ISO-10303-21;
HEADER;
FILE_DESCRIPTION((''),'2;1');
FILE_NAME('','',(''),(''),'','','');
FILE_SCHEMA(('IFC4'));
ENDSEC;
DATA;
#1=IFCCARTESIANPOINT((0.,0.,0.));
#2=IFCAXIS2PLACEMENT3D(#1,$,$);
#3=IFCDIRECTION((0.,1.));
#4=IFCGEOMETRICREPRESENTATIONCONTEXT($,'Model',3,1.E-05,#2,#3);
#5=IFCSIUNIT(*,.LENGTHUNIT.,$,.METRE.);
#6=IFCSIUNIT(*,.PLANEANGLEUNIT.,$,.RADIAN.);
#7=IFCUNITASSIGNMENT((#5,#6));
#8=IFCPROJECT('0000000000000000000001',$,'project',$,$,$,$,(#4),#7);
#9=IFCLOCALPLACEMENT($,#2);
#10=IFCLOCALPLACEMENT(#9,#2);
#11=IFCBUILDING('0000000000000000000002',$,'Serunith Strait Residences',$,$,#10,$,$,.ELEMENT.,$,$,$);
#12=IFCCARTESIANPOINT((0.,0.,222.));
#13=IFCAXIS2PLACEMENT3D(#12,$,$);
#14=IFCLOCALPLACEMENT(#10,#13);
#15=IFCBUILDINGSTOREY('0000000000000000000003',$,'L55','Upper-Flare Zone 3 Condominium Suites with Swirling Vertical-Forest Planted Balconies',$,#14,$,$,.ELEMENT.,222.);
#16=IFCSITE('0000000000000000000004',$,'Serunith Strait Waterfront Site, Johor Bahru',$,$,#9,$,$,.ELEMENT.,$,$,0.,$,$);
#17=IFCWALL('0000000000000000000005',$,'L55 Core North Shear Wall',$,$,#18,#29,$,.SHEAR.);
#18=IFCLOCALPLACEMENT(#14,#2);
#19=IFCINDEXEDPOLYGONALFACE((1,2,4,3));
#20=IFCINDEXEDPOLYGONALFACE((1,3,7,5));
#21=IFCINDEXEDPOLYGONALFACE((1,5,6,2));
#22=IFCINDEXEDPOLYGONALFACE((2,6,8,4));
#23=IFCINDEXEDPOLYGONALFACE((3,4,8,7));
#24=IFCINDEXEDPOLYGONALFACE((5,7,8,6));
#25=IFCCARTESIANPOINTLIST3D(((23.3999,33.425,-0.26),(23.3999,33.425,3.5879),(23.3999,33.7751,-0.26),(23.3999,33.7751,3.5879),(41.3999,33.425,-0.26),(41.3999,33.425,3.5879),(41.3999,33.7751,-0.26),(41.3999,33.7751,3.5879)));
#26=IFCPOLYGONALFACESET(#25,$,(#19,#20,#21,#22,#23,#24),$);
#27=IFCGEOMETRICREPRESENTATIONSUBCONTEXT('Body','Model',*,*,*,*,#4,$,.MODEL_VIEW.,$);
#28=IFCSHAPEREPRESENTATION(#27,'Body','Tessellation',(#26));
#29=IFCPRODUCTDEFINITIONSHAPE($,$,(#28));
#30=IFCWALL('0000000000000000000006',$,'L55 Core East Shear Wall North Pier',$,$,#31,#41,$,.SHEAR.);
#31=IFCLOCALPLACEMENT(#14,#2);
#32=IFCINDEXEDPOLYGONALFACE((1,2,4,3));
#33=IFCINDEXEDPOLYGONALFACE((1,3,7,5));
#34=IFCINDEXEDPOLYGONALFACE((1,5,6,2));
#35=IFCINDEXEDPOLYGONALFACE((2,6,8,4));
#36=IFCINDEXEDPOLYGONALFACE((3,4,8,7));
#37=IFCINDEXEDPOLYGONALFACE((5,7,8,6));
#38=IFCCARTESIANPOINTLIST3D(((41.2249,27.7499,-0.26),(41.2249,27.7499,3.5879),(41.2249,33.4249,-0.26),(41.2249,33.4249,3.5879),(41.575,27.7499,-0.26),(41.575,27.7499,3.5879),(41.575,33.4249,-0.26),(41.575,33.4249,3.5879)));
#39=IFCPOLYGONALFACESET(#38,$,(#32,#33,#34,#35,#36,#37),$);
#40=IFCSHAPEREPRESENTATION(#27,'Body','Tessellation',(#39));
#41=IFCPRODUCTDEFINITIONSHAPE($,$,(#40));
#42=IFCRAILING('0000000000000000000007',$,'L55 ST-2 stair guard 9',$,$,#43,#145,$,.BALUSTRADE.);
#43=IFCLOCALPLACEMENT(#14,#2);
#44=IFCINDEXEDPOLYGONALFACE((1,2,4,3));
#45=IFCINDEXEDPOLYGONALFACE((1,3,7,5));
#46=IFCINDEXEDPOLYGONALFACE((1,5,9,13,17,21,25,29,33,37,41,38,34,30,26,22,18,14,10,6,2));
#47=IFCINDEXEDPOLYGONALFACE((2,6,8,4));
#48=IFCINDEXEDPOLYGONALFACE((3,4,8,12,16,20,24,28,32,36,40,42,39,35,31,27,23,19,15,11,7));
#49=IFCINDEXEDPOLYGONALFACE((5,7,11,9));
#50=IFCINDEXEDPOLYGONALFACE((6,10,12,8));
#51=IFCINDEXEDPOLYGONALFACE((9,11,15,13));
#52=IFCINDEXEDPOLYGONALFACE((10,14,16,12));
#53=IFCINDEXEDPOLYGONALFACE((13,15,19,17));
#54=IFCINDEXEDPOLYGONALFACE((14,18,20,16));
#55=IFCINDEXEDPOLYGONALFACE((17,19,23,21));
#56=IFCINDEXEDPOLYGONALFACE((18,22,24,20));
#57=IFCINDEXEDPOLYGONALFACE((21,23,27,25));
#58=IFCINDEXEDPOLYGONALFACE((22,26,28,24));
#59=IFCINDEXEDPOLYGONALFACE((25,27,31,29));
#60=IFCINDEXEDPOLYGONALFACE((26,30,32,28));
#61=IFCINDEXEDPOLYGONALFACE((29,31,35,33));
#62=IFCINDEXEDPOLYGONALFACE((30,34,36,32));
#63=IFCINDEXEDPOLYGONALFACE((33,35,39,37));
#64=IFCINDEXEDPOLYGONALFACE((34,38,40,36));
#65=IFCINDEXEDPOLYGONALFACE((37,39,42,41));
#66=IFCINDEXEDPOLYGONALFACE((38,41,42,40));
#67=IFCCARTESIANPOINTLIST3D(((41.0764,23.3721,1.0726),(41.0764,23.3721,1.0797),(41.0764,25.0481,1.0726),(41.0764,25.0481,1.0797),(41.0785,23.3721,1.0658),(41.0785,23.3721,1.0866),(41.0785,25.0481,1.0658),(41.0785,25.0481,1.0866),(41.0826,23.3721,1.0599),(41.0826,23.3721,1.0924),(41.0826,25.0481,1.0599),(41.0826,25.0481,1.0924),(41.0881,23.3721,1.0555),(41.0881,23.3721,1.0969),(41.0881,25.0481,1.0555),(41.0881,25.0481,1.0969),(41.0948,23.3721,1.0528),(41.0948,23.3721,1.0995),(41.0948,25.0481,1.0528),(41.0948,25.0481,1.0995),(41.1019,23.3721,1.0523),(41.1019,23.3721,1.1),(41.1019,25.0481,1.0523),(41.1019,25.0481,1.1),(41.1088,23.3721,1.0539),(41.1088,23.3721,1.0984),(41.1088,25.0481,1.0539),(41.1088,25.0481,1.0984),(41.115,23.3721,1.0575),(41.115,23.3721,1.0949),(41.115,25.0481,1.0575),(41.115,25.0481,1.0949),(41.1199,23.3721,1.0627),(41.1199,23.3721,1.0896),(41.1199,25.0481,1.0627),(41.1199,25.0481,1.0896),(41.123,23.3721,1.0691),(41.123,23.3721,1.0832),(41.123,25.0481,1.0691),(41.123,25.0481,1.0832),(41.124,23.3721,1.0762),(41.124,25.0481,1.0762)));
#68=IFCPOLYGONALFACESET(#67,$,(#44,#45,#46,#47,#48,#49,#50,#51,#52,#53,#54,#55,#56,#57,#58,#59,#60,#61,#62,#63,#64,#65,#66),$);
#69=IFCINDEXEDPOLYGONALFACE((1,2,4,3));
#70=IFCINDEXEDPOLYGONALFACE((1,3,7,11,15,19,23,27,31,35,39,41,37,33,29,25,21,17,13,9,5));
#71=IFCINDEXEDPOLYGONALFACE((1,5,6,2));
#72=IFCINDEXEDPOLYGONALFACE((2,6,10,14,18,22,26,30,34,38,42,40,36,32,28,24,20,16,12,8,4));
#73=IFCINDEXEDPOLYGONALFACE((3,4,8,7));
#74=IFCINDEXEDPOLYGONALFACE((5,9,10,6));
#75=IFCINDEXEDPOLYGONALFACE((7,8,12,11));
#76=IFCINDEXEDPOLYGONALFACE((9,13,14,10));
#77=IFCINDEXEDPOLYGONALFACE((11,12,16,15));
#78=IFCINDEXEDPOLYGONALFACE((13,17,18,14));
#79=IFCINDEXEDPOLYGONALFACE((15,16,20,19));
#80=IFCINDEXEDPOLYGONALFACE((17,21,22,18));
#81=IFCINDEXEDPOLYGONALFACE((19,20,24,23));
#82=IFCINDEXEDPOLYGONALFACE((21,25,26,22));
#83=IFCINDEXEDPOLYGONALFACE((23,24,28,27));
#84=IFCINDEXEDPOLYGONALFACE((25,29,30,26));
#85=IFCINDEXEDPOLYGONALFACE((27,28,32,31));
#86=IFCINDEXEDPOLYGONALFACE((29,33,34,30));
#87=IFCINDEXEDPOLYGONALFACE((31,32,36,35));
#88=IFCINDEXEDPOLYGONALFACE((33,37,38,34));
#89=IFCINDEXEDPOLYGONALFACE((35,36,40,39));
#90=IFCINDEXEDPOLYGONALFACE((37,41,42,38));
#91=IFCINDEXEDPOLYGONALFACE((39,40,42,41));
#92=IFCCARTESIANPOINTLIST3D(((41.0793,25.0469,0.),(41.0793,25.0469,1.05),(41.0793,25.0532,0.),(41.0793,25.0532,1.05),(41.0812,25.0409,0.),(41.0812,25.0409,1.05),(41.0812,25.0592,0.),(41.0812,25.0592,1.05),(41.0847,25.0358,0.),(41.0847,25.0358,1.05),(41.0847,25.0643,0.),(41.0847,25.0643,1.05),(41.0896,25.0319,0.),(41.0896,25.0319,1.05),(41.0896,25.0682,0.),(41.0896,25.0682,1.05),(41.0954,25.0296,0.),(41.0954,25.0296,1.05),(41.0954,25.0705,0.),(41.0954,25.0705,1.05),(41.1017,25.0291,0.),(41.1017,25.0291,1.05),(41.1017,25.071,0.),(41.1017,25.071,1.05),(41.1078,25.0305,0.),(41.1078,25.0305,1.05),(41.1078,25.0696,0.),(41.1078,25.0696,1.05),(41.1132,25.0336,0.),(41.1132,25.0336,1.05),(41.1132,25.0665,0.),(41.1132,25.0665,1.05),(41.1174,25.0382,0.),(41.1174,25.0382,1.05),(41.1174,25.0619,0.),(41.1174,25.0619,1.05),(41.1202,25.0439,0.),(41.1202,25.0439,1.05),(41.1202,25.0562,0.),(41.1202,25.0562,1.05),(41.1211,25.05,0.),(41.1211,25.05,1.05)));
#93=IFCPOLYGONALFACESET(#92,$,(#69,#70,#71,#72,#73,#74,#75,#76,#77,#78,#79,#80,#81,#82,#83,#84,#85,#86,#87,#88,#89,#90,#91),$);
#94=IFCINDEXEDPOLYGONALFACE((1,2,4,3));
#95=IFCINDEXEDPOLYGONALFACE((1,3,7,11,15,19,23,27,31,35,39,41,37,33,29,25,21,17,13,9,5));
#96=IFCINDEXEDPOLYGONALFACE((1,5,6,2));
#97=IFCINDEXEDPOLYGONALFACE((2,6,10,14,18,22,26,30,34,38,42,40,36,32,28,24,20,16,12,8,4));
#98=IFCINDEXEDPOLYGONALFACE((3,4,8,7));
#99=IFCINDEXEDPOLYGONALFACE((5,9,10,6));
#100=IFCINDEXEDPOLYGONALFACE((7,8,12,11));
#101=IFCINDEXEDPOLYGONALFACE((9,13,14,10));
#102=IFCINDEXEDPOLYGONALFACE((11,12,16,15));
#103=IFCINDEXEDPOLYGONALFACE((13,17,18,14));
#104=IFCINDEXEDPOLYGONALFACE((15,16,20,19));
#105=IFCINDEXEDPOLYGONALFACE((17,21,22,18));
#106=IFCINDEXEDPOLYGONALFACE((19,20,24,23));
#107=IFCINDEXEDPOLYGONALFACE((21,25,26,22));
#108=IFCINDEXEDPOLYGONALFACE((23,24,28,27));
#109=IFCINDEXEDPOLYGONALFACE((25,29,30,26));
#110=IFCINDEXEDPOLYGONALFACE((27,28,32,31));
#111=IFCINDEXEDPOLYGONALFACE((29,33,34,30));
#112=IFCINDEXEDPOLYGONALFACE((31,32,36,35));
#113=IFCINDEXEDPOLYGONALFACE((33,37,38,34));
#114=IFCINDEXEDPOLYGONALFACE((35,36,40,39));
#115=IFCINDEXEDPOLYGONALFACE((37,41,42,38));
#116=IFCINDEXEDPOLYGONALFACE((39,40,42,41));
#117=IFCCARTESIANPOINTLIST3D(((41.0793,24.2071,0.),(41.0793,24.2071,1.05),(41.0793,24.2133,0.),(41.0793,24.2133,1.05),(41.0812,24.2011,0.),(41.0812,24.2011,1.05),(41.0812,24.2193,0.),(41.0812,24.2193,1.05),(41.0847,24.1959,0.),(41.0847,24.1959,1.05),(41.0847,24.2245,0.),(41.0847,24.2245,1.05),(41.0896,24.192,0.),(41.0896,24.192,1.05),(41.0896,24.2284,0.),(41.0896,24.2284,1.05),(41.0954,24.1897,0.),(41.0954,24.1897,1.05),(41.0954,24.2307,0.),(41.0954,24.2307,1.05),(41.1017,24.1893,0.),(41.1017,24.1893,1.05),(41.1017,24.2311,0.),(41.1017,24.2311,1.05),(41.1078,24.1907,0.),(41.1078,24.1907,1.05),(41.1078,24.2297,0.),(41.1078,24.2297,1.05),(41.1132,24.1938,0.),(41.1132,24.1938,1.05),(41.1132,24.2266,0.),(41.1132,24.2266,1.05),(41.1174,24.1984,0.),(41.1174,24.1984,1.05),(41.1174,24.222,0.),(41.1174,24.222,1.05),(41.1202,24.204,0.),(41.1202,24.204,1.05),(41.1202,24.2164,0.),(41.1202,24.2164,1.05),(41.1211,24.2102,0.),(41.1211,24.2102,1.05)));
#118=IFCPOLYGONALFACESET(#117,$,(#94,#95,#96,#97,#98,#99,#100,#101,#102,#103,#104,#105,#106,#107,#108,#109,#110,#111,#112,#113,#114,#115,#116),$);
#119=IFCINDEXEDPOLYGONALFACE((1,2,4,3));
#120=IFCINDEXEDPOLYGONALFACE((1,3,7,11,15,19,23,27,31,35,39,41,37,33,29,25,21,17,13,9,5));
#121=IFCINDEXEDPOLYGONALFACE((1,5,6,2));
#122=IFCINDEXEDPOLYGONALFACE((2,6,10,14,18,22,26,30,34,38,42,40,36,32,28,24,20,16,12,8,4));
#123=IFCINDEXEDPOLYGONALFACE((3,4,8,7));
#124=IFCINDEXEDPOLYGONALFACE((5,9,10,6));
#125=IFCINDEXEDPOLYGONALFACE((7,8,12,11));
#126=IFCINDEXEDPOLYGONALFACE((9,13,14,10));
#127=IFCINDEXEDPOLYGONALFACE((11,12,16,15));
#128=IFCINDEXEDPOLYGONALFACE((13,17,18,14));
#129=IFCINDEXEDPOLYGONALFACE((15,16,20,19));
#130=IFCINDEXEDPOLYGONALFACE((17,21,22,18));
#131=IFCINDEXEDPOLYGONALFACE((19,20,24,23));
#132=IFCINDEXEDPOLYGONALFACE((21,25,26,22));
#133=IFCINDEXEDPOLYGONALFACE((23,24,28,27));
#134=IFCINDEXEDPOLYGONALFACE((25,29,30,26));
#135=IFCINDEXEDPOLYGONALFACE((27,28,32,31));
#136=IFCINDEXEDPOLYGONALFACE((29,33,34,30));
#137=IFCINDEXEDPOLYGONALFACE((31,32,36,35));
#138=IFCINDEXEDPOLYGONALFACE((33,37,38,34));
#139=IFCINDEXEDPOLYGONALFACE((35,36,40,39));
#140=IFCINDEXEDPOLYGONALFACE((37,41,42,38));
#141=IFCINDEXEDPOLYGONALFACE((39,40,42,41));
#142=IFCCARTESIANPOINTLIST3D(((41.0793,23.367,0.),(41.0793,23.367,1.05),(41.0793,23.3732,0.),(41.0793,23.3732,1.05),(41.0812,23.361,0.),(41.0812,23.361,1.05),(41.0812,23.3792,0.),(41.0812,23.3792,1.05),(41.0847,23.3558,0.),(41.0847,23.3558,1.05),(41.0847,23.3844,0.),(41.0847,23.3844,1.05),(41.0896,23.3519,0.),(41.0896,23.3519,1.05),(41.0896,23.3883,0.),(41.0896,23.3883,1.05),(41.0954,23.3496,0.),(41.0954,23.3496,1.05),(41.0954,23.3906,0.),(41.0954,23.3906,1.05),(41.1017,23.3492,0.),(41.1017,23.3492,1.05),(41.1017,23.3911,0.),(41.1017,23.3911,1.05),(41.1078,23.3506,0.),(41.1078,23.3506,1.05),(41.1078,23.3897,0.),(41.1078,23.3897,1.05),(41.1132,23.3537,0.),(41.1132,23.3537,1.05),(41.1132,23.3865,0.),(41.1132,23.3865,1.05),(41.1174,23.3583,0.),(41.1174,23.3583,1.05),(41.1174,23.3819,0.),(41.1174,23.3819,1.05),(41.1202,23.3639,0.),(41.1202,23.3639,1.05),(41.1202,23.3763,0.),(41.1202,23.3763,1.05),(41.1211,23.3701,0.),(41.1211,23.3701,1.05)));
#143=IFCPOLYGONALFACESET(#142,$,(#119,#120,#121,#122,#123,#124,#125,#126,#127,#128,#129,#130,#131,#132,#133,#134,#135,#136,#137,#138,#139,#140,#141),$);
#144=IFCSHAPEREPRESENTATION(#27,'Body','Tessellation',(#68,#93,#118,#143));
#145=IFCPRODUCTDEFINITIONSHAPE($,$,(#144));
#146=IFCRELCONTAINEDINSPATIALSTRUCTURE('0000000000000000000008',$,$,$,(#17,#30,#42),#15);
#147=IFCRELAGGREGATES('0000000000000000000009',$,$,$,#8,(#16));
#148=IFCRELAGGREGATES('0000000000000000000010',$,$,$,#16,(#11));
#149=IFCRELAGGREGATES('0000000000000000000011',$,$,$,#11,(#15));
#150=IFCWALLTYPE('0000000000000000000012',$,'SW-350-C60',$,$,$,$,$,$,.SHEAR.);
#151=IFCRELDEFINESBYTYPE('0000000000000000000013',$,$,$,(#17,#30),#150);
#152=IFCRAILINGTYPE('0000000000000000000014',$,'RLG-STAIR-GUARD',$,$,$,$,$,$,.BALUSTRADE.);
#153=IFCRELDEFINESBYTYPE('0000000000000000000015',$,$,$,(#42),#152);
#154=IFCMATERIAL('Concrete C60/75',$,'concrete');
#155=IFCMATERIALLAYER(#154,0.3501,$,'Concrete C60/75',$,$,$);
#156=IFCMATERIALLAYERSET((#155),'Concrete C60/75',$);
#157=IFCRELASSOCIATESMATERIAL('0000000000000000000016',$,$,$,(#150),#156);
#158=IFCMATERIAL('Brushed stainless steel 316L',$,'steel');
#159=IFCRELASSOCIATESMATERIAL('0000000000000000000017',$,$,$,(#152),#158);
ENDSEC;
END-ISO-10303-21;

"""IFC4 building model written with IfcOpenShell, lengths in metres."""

from ifc_helpers import new_model, si_unit, direction, frame, frame_2d, origin, origin_2d, place, context, subcontext, project, spatial, rectangle, circle, extrude, material, layer, layer_set, type_object, element, save


model = new_model("IFC4")

# Units and contexts
model_context = context("Model", 3, precision=1e-05, world=origin(), true_north=direction((0.0, 1.0)))
body_context = subcontext(model_context, "Body", "Model", "MODEL_VIEW")
ifc_project = project(units=[si_unit("LENGTHUNIT", "METRE"), si_unit("PLANEANGLEUNIT", "RADIAN")], contexts=[model_context])

# Site, building, storey
site_placement = place(None, origin())
site = spatial("IfcSite", under=ifc_project, at=site_placement, Name="Serunith Strait Waterfront Site, Johor Bahru", CompositionType="ELEMENT", RefElevation=0.0)
building_placement = place(site_placement, origin())
building = spatial("IfcBuilding", under=site, at=building_placement, Name="Serunith Strait Residences", CompositionType="ELEMENT")
storey_placement = place(building_placement, frame((0.0, 0.0, 222.0)))
storey = spatial("IfcBuildingStorey", under=building, at=storey_placement, Name="L55", Description="Upper-Flare Zone 3 Condominium Suites with Swirling Vertical-Forest Planted Balconies", CompositionType="ELEMENT", Elevation=222.0)

# Walls
ifc_material_1 = material(Name="Concrete C60/75", Category="concrete")
ifc_layer_1 = layer(ifc_material_1, 0.3501, Name="Concrete C60/75")
ifc_layer_set_1 = layer_set([ifc_layer_1], Name="Concrete C60/75")
wall_type_1 = type_object("IfcWallType", Name="SW-350-C60", PredefinedType="SHEAR", material=ifc_layer_set_1)
wall_1_placement = place(storey_placement, frame((41.3999, 33.6001, -0.26), z_axis=(0.0, 0.0, 1.0), x_axis=(-1.0, 0.0, 0.0)))
element("IfcWall", 1, at=wall_1_placement, inside=storey, type_object=wall_type_1, Name="L55 Core North Shear Wall", PredefinedType="SHEAR", context=body_context, shape_type="SweptSolid", body=[
    extrude(rectangle(XDim=18.0, YDim=0.3501, at=frame_2d((9.0, 0.0))), origin(), (0.0, 0.0, 1.0), 3.8479),
])
wall_2_placement = place(storey_placement, frame((41.3999, 27.75, -0.26), z_axis=(0.0, 0.0, 1.0), x_axis=(0.0, 1.0, 0.0)))
element("IfcWall", 2, at=wall_2_placement, inside=storey, type_object=wall_type_1, Name="L55 Core East Shear Wall North Pier", PredefinedType="SHEAR", context=body_context, shape_type="SweptSolid", body=[
    extrude(rectangle(XDim=5.675, YDim=0.3501, at=frame_2d((2.8374, 0.0))), origin(), (0.0, 0.0, 1.0), 3.8479),
])

# Railing
ifc_material_2 = material(Name="Brushed stainless steel 316L", Category="steel")
railing_type = type_object("IfcRailingType", Name="RLG-STAIR-GUARD", PredefinedType="BALUSTRADE", material=ifc_material_2)
railing_placement = place(storey_placement, frame((41.1001, 25.05, 0.0)))
element("IfcRailing", 3, at=railing_placement, inside=storey, type_object=railing_type, Name="L55 ST-2 stair guard 9", PredefinedType="BALUSTRADE", context=body_context, shape_type="SweptSolid", body=[
    extrude(circle(Radius=0.0239, at=origin_2d()), frame((0.0, -0.002, 1.0762), z_axis=(0.0, -1.0, 0.0), x_axis=(1.0, 0.0, 0.0)), (0.0, 0.0, 1.0), 1.676),
    extrude(circle(Radius=0.021, at=origin_2d()), origin(), (0.0, 0.0, 1.0), 1.05),
    extrude(circle(Radius=0.021, at=origin_2d()), frame((0.0, -0.8398, 0.0)), (0.0, 0.0, 1.0), 1.05),
    extrude(circle(Radius=0.021, at=origin_2d()), frame((0.0, -1.6799, 0.0)), (0.0, 0.0, 1.0), 1.05),
])

save(model, "model.ifc")
